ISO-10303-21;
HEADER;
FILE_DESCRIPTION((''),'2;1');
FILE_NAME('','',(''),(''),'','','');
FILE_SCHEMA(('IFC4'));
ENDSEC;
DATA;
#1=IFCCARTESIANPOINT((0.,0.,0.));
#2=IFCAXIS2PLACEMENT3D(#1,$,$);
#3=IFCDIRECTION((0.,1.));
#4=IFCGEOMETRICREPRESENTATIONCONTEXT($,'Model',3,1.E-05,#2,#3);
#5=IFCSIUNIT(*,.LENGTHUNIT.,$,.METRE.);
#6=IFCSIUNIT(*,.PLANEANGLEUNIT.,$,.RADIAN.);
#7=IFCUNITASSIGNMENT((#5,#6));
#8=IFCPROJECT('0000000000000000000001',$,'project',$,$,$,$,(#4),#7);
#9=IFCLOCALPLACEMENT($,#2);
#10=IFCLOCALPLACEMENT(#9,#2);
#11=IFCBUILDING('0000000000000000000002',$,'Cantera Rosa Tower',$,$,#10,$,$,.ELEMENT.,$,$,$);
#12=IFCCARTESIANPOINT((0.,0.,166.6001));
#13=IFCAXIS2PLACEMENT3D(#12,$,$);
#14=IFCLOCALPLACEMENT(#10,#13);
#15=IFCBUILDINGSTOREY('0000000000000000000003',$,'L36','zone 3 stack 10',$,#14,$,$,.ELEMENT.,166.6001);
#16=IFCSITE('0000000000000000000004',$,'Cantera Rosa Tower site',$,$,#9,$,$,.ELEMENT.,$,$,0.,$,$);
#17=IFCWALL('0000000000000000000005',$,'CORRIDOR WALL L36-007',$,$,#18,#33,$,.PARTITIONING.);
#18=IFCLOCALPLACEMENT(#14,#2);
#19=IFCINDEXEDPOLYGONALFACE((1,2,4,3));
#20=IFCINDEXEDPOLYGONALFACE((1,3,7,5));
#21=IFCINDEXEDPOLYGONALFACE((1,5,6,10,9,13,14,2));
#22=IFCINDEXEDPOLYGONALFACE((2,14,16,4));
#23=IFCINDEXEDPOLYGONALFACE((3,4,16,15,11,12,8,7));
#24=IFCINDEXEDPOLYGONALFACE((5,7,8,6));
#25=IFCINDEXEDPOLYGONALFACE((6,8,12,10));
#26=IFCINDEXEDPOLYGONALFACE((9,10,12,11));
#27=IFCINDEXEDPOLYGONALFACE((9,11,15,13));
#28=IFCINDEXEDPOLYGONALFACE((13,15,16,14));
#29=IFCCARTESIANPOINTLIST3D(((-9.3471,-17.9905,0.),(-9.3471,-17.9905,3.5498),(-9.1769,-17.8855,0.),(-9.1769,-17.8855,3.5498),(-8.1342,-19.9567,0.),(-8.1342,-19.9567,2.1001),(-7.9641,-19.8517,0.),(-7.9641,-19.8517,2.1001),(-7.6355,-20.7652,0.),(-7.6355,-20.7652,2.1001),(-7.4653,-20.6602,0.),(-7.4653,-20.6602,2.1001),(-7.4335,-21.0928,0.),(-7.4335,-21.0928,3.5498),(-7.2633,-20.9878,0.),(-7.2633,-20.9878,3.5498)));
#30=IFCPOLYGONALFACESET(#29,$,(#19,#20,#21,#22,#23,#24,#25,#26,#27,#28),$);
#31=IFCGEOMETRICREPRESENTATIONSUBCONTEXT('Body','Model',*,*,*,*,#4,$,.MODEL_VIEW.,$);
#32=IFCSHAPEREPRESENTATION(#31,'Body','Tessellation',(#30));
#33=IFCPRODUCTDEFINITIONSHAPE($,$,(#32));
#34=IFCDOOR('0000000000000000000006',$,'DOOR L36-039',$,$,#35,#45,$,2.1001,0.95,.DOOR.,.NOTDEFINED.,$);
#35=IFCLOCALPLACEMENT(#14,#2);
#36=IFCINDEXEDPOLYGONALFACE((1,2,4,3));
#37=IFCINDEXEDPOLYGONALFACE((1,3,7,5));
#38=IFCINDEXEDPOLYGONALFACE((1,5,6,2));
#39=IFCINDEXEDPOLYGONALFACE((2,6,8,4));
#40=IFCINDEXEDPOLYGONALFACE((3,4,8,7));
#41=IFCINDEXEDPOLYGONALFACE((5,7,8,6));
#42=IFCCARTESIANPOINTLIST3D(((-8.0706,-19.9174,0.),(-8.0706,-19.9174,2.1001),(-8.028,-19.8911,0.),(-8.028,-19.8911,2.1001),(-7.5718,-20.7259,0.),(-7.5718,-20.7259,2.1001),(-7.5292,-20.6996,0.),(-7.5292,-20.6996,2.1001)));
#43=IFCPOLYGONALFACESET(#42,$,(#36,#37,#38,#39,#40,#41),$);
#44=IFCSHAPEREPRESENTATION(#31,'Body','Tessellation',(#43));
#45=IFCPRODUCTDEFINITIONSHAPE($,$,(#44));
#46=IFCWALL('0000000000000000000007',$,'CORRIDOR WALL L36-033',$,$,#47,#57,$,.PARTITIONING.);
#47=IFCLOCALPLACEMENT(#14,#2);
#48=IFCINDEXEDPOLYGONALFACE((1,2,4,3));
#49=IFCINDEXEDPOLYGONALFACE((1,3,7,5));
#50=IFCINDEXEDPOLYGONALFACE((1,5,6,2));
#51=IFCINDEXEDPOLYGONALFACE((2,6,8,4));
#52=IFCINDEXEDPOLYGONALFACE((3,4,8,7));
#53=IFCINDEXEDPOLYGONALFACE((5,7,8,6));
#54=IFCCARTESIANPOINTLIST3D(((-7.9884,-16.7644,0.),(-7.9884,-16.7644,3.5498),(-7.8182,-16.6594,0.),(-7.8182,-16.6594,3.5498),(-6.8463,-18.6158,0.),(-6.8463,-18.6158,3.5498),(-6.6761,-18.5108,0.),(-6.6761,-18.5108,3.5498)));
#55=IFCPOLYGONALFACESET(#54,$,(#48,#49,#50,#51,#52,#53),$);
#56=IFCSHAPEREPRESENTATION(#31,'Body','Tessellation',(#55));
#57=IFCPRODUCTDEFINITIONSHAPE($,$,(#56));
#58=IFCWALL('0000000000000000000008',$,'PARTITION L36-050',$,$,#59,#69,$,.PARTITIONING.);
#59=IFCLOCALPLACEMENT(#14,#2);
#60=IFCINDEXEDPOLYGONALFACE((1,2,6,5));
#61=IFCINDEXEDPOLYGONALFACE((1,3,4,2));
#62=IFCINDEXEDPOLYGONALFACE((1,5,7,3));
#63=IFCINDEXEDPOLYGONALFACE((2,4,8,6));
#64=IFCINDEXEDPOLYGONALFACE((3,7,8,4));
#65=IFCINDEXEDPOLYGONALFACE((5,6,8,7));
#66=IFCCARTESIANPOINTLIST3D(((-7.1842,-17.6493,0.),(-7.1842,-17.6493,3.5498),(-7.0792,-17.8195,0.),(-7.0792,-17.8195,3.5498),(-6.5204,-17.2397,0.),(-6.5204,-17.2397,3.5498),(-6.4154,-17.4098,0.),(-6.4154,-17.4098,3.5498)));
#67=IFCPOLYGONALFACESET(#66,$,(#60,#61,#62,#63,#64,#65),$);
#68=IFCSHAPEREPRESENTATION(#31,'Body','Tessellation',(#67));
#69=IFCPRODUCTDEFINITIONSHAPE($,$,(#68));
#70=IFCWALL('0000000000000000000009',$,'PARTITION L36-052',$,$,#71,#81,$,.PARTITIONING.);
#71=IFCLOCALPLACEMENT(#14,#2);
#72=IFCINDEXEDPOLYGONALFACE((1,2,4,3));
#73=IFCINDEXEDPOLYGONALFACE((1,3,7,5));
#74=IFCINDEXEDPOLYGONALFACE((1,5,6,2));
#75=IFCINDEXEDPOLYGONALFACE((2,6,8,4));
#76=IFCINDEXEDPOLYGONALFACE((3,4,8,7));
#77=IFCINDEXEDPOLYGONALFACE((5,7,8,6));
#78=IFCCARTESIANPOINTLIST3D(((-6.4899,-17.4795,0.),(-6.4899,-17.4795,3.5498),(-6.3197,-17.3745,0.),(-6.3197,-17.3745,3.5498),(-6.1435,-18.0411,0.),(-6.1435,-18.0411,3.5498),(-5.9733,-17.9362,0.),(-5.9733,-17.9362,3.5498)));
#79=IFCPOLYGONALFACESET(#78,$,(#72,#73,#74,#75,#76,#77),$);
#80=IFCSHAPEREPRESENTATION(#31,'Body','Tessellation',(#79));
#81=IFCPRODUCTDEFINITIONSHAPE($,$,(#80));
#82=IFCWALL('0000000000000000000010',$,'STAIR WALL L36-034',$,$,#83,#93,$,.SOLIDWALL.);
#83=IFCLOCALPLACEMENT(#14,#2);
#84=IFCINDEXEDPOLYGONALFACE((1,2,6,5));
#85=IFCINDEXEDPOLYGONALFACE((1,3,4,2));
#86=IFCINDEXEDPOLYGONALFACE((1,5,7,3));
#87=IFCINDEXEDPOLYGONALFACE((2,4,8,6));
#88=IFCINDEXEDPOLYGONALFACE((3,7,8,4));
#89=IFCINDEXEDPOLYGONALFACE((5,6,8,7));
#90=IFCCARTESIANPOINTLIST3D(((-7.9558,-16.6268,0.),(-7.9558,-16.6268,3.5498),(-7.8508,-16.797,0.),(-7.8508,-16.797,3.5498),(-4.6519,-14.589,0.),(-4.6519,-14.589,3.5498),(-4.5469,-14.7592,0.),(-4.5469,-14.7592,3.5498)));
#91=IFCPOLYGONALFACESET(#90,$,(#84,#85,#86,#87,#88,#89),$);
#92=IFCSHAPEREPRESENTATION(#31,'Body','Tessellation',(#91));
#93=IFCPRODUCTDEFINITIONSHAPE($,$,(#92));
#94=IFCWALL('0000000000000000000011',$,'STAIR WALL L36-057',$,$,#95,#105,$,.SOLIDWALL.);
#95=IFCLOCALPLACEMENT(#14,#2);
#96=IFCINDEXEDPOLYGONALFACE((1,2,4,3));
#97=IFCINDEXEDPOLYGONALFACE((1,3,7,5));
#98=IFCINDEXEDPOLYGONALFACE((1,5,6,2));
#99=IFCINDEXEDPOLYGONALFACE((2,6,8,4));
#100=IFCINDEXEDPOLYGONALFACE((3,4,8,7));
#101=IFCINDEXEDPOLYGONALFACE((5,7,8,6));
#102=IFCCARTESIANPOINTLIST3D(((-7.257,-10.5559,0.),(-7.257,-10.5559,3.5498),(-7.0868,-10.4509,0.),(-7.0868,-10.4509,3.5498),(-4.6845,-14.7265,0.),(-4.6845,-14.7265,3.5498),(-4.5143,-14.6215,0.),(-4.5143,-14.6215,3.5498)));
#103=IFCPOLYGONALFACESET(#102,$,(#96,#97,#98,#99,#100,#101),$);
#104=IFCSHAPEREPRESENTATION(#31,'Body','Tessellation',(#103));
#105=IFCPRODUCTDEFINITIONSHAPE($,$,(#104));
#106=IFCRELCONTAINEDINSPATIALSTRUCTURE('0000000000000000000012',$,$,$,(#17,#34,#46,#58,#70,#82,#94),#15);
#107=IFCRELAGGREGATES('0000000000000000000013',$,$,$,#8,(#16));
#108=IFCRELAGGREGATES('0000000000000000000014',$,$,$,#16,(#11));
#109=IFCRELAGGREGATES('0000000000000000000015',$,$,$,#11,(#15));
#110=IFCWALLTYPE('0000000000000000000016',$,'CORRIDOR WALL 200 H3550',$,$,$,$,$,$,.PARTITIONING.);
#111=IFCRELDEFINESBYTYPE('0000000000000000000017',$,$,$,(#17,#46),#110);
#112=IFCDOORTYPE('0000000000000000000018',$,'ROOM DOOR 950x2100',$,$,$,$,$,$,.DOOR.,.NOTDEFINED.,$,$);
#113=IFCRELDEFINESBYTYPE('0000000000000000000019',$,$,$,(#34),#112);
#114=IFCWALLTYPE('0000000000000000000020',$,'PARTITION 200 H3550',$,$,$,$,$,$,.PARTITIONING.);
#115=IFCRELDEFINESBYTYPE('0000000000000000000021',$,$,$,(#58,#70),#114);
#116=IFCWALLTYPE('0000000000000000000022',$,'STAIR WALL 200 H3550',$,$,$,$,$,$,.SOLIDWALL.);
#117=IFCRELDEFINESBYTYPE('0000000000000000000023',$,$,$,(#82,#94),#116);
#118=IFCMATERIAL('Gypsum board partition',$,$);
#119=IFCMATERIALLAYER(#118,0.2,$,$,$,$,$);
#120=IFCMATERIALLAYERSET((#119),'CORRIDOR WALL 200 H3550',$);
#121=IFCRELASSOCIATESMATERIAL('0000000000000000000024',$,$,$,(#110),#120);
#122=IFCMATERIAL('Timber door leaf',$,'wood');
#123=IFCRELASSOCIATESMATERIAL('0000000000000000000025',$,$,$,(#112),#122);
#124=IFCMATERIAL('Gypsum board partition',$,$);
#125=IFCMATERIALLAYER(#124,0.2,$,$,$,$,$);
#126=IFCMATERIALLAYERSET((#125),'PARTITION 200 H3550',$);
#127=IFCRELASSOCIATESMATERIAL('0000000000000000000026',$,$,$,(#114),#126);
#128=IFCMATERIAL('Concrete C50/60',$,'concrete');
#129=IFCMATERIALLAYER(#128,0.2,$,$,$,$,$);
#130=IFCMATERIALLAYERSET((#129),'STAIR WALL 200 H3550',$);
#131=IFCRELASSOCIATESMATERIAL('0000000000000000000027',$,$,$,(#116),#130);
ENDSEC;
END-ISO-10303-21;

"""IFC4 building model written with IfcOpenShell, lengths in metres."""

from ifc_helpers import new_model, si_unit, direction, frame, frame_2d, origin, place, context, subcontext, project, spatial, rectangle, extrude, material, layer, layer_set, type_object, element, fill, save


model = new_model("IFC4")

# Units and contexts
model_context = context("Model", 3, precision=1e-05, world=origin(), true_north=direction((0.0, 1.0)))
body_context = subcontext(model_context, "Body", "Model", "MODEL_VIEW")
ifc_project = project(units=[si_unit("LENGTHUNIT", "METRE"), si_unit("PLANEANGLEUNIT", "RADIAN")], contexts=[model_context])

# Site, building, storey
site_placement = place(None, origin())
site = spatial("IfcSite", under=ifc_project, at=site_placement, Name="Cantera Rosa Tower site", CompositionType="ELEMENT", RefElevation=0.0)
building_placement = place(site_placement, origin())
building = spatial("IfcBuilding", under=site, at=building_placement, Name="Cantera Rosa Tower", CompositionType="ELEMENT")
storey_placement = place(building_placement, frame((0.0, 0.0, 166.6001)))
storey = spatial("IfcBuildingStorey", under=building, at=storey_placement, Name="L36", Description="zone 3 stack 10", CompositionType="ELEMENT", Elevation=166.6001)

# Wall, opening, door
ifc_material_1 = material(Name="Gypsum board partition")
ifc_layer_1 = layer(ifc_material_1, 0.2)
ifc_layer_set_1 = layer_set([ifc_layer_1], Name="CORRIDOR WALL 200 H3550")
wall_type_1 = type_object("IfcWallType", Name="CORRIDOR WALL 200 H3550", PredefinedType="PARTITIONING", material=ifc_layer_set_1)
wall_1_placement = place(storey_placement, frame((-9.262, -17.938, 0.0), z_axis=(0.0, 0.0, 1.0), x_axis=(0.524987, -0.851111, 0.0)))
wall_1 = element("IfcWall", 1, at=wall_1_placement, inside=storey, type_object=wall_type_1, Name="CORRIDOR WALL L36-007", PredefinedType="PARTITIONING", context=body_context, shape_type="SweptSolid", body=[
    extrude(rectangle(XDim=3.645, YDim=0.2, at=frame_2d((1.8225, 0.0))), origin(), (0.0, 0.0, 1.0), 3.5498),
])
opening_placement = place(wall_1_placement, frame((2.3101, 0.0, 0.0)))
opening = element("IfcOpeningElement", 2, at=opening_placement, cuts=wall_1, PredefinedType="OPENING", context=body_context, shape_type="SweptSolid", body=[
    extrude(rectangle(XDim=0.95, YDim=2.1001, at=frame_2d((0.4751, 1.05))), frame((0.0, 0.1099, 0.0), z_axis=(0.0, -1.0, 0.0), x_axis=(1.0, 0.0, 0.0)), (0.0, 0.0, 1.0), 0.22),
])
ifc_material_2 = material(Name="Timber door leaf", Category="wood")
door_type = type_object("IfcDoorType", Name="ROOM DOOR 950x2100", OperationType="NOTDEFINED", PredefinedType="DOOR", material=ifc_material_2)
door_placement = place(opening_placement, origin())
door = element("IfcDoor", 3, at=door_placement, inside=storey, type_object=door_type, Name="DOOR L36-039", OperationType="NOTDEFINED", OverallHeight=2.1001, OverallWidth=0.95, PredefinedType="DOOR", context=body_context, shape_type="SweptSolid", body=[
    extrude(rectangle(XDim=0.95, YDim=2.1001, at=frame_2d((0.4751, 1.05))), frame((0.0, 0.0249, 0.0), z_axis=(0.0, -1.0, 0.0), x_axis=(1.0, 0.0, 0.0)), (0.0, 0.0, 1.0), 0.05),
])
fill(opening, door)

# Walls
wall_2_placement = place(storey_placement, frame((-7.9033, -16.7119, 0.0), z_axis=(0.0, 0.0, 1.0), x_axis=(0.525036, -0.85108, 0.0)))
element("IfcWall", 4, at=wall_2_placement, inside=storey, type_object=wall_type_1, Name="CORRIDOR WALL L36-033", PredefinedType="PARTITIONING", context=body_context, shape_type="SweptSolid", body=[
    extrude(rectangle(XDim=2.1753, YDim=0.2, at=frame_2d((1.0876, 0.0))), origin(), (0.0, 0.0, 1.0), 3.5498),
])
ifc_material_3 = material(Name="Gypsum board partition")
ifc_layer_2 = layer(ifc_material_3, 0.2)
ifc_layer_set_2 = layer_set([ifc_layer_2], Name="PARTITION 200 H3550")
wall_type_2 = type_object("IfcWallType", Name="PARTITION 200 H3550", PredefinedType="PARTITIONING", material=ifc_layer_set_2)
wall_3_placement = place(storey_placement, frame((-6.4678, -17.3247, 0.0), z_axis=(0.0, 0.0, 1.0), x_axis=(-0.850991, -0.52518, 0.0)))
element("IfcWall", 5, at=wall_3_placement, inside=storey, type_object=wall_type_2, Name="PARTITION L36-050", PredefinedType="PARTITIONING", context=body_context, shape_type="SweptSolid", body=[
    extrude(rectangle(XDim=0.78, YDim=0.2, at=frame_2d((0.3901, 0.0))), origin(), (0.0, 0.0, 1.0), 3.5498),
])
wall_4_placement = place(storey_placement, frame((-6.0583, -17.9888, 0.0), z_axis=(0.0, 0.0, 1.0), x_axis=(-0.524902, 0.851163, 0.0)))
element("IfcWall", 6, at=wall_4_placement, inside=storey, type_object=wall_type_2, Name="PARTITION L36-052", PredefinedType="PARTITIONING", context=body_context, shape_type="SweptSolid", body=[
    extrude(rectangle(XDim=0.6599, YDim=0.2, at=frame_2d((0.3301, 0.0))), origin(), (0.0, 0.0, 1.0), 3.5498),
])
ifc_material_4 = material(Name="Concrete C50/60", Category="concrete")
ifc_layer_3 = layer(ifc_material_4, 0.2)
ifc_layer_set_3 = layer_set([ifc_layer_3], Name="STAIR WALL 200 H3550")
wall_type_3 = type_object("IfcWallType", Name="STAIR WALL 200 H3550", PredefinedType="SOLIDWALL", material=ifc_layer_set_3)
wall_5_placement = place(storey_placement, frame((-7.9033, -16.7119, 0.0), z_axis=(0.0, 0.0, 1.0), x_axis=(0.851125, 0.524964, 0.0)))
element("IfcWall", 7, at=wall_5_placement, inside=storey, type_object=wall_type_3, Name="STAIR WALL L36-034", PredefinedType="SOLIDWALL", context=body_context, shape_type="SweptSolid", body=[
    extrude(rectangle(XDim=3.8818, YDim=0.2, at=frame_2d((1.9409, 0.0))), origin(), (0.0, 0.0, 1.0), 3.5498),
])
wall_6_placement = place(storey_placement, frame((-4.5994, -14.6741, 0.0), z_axis=(0.0, 0.0, 1.0), x_axis=(-0.524978, 0.851116, 0.0)))
element("IfcWall", 8, at=wall_6_placement, inside=storey, type_object=wall_type_3, Name="STAIR WALL L36-057", PredefinedType="SOLIDWALL", context=body_context, shape_type="SweptSolid", body=[
    extrude(rectangle(XDim=4.9001, YDim=0.2, at=frame_2d((2.4502, 0.0))), origin(), (0.0, 0.0, 1.0), 3.5498),
])

save(model, "model.ifc")
